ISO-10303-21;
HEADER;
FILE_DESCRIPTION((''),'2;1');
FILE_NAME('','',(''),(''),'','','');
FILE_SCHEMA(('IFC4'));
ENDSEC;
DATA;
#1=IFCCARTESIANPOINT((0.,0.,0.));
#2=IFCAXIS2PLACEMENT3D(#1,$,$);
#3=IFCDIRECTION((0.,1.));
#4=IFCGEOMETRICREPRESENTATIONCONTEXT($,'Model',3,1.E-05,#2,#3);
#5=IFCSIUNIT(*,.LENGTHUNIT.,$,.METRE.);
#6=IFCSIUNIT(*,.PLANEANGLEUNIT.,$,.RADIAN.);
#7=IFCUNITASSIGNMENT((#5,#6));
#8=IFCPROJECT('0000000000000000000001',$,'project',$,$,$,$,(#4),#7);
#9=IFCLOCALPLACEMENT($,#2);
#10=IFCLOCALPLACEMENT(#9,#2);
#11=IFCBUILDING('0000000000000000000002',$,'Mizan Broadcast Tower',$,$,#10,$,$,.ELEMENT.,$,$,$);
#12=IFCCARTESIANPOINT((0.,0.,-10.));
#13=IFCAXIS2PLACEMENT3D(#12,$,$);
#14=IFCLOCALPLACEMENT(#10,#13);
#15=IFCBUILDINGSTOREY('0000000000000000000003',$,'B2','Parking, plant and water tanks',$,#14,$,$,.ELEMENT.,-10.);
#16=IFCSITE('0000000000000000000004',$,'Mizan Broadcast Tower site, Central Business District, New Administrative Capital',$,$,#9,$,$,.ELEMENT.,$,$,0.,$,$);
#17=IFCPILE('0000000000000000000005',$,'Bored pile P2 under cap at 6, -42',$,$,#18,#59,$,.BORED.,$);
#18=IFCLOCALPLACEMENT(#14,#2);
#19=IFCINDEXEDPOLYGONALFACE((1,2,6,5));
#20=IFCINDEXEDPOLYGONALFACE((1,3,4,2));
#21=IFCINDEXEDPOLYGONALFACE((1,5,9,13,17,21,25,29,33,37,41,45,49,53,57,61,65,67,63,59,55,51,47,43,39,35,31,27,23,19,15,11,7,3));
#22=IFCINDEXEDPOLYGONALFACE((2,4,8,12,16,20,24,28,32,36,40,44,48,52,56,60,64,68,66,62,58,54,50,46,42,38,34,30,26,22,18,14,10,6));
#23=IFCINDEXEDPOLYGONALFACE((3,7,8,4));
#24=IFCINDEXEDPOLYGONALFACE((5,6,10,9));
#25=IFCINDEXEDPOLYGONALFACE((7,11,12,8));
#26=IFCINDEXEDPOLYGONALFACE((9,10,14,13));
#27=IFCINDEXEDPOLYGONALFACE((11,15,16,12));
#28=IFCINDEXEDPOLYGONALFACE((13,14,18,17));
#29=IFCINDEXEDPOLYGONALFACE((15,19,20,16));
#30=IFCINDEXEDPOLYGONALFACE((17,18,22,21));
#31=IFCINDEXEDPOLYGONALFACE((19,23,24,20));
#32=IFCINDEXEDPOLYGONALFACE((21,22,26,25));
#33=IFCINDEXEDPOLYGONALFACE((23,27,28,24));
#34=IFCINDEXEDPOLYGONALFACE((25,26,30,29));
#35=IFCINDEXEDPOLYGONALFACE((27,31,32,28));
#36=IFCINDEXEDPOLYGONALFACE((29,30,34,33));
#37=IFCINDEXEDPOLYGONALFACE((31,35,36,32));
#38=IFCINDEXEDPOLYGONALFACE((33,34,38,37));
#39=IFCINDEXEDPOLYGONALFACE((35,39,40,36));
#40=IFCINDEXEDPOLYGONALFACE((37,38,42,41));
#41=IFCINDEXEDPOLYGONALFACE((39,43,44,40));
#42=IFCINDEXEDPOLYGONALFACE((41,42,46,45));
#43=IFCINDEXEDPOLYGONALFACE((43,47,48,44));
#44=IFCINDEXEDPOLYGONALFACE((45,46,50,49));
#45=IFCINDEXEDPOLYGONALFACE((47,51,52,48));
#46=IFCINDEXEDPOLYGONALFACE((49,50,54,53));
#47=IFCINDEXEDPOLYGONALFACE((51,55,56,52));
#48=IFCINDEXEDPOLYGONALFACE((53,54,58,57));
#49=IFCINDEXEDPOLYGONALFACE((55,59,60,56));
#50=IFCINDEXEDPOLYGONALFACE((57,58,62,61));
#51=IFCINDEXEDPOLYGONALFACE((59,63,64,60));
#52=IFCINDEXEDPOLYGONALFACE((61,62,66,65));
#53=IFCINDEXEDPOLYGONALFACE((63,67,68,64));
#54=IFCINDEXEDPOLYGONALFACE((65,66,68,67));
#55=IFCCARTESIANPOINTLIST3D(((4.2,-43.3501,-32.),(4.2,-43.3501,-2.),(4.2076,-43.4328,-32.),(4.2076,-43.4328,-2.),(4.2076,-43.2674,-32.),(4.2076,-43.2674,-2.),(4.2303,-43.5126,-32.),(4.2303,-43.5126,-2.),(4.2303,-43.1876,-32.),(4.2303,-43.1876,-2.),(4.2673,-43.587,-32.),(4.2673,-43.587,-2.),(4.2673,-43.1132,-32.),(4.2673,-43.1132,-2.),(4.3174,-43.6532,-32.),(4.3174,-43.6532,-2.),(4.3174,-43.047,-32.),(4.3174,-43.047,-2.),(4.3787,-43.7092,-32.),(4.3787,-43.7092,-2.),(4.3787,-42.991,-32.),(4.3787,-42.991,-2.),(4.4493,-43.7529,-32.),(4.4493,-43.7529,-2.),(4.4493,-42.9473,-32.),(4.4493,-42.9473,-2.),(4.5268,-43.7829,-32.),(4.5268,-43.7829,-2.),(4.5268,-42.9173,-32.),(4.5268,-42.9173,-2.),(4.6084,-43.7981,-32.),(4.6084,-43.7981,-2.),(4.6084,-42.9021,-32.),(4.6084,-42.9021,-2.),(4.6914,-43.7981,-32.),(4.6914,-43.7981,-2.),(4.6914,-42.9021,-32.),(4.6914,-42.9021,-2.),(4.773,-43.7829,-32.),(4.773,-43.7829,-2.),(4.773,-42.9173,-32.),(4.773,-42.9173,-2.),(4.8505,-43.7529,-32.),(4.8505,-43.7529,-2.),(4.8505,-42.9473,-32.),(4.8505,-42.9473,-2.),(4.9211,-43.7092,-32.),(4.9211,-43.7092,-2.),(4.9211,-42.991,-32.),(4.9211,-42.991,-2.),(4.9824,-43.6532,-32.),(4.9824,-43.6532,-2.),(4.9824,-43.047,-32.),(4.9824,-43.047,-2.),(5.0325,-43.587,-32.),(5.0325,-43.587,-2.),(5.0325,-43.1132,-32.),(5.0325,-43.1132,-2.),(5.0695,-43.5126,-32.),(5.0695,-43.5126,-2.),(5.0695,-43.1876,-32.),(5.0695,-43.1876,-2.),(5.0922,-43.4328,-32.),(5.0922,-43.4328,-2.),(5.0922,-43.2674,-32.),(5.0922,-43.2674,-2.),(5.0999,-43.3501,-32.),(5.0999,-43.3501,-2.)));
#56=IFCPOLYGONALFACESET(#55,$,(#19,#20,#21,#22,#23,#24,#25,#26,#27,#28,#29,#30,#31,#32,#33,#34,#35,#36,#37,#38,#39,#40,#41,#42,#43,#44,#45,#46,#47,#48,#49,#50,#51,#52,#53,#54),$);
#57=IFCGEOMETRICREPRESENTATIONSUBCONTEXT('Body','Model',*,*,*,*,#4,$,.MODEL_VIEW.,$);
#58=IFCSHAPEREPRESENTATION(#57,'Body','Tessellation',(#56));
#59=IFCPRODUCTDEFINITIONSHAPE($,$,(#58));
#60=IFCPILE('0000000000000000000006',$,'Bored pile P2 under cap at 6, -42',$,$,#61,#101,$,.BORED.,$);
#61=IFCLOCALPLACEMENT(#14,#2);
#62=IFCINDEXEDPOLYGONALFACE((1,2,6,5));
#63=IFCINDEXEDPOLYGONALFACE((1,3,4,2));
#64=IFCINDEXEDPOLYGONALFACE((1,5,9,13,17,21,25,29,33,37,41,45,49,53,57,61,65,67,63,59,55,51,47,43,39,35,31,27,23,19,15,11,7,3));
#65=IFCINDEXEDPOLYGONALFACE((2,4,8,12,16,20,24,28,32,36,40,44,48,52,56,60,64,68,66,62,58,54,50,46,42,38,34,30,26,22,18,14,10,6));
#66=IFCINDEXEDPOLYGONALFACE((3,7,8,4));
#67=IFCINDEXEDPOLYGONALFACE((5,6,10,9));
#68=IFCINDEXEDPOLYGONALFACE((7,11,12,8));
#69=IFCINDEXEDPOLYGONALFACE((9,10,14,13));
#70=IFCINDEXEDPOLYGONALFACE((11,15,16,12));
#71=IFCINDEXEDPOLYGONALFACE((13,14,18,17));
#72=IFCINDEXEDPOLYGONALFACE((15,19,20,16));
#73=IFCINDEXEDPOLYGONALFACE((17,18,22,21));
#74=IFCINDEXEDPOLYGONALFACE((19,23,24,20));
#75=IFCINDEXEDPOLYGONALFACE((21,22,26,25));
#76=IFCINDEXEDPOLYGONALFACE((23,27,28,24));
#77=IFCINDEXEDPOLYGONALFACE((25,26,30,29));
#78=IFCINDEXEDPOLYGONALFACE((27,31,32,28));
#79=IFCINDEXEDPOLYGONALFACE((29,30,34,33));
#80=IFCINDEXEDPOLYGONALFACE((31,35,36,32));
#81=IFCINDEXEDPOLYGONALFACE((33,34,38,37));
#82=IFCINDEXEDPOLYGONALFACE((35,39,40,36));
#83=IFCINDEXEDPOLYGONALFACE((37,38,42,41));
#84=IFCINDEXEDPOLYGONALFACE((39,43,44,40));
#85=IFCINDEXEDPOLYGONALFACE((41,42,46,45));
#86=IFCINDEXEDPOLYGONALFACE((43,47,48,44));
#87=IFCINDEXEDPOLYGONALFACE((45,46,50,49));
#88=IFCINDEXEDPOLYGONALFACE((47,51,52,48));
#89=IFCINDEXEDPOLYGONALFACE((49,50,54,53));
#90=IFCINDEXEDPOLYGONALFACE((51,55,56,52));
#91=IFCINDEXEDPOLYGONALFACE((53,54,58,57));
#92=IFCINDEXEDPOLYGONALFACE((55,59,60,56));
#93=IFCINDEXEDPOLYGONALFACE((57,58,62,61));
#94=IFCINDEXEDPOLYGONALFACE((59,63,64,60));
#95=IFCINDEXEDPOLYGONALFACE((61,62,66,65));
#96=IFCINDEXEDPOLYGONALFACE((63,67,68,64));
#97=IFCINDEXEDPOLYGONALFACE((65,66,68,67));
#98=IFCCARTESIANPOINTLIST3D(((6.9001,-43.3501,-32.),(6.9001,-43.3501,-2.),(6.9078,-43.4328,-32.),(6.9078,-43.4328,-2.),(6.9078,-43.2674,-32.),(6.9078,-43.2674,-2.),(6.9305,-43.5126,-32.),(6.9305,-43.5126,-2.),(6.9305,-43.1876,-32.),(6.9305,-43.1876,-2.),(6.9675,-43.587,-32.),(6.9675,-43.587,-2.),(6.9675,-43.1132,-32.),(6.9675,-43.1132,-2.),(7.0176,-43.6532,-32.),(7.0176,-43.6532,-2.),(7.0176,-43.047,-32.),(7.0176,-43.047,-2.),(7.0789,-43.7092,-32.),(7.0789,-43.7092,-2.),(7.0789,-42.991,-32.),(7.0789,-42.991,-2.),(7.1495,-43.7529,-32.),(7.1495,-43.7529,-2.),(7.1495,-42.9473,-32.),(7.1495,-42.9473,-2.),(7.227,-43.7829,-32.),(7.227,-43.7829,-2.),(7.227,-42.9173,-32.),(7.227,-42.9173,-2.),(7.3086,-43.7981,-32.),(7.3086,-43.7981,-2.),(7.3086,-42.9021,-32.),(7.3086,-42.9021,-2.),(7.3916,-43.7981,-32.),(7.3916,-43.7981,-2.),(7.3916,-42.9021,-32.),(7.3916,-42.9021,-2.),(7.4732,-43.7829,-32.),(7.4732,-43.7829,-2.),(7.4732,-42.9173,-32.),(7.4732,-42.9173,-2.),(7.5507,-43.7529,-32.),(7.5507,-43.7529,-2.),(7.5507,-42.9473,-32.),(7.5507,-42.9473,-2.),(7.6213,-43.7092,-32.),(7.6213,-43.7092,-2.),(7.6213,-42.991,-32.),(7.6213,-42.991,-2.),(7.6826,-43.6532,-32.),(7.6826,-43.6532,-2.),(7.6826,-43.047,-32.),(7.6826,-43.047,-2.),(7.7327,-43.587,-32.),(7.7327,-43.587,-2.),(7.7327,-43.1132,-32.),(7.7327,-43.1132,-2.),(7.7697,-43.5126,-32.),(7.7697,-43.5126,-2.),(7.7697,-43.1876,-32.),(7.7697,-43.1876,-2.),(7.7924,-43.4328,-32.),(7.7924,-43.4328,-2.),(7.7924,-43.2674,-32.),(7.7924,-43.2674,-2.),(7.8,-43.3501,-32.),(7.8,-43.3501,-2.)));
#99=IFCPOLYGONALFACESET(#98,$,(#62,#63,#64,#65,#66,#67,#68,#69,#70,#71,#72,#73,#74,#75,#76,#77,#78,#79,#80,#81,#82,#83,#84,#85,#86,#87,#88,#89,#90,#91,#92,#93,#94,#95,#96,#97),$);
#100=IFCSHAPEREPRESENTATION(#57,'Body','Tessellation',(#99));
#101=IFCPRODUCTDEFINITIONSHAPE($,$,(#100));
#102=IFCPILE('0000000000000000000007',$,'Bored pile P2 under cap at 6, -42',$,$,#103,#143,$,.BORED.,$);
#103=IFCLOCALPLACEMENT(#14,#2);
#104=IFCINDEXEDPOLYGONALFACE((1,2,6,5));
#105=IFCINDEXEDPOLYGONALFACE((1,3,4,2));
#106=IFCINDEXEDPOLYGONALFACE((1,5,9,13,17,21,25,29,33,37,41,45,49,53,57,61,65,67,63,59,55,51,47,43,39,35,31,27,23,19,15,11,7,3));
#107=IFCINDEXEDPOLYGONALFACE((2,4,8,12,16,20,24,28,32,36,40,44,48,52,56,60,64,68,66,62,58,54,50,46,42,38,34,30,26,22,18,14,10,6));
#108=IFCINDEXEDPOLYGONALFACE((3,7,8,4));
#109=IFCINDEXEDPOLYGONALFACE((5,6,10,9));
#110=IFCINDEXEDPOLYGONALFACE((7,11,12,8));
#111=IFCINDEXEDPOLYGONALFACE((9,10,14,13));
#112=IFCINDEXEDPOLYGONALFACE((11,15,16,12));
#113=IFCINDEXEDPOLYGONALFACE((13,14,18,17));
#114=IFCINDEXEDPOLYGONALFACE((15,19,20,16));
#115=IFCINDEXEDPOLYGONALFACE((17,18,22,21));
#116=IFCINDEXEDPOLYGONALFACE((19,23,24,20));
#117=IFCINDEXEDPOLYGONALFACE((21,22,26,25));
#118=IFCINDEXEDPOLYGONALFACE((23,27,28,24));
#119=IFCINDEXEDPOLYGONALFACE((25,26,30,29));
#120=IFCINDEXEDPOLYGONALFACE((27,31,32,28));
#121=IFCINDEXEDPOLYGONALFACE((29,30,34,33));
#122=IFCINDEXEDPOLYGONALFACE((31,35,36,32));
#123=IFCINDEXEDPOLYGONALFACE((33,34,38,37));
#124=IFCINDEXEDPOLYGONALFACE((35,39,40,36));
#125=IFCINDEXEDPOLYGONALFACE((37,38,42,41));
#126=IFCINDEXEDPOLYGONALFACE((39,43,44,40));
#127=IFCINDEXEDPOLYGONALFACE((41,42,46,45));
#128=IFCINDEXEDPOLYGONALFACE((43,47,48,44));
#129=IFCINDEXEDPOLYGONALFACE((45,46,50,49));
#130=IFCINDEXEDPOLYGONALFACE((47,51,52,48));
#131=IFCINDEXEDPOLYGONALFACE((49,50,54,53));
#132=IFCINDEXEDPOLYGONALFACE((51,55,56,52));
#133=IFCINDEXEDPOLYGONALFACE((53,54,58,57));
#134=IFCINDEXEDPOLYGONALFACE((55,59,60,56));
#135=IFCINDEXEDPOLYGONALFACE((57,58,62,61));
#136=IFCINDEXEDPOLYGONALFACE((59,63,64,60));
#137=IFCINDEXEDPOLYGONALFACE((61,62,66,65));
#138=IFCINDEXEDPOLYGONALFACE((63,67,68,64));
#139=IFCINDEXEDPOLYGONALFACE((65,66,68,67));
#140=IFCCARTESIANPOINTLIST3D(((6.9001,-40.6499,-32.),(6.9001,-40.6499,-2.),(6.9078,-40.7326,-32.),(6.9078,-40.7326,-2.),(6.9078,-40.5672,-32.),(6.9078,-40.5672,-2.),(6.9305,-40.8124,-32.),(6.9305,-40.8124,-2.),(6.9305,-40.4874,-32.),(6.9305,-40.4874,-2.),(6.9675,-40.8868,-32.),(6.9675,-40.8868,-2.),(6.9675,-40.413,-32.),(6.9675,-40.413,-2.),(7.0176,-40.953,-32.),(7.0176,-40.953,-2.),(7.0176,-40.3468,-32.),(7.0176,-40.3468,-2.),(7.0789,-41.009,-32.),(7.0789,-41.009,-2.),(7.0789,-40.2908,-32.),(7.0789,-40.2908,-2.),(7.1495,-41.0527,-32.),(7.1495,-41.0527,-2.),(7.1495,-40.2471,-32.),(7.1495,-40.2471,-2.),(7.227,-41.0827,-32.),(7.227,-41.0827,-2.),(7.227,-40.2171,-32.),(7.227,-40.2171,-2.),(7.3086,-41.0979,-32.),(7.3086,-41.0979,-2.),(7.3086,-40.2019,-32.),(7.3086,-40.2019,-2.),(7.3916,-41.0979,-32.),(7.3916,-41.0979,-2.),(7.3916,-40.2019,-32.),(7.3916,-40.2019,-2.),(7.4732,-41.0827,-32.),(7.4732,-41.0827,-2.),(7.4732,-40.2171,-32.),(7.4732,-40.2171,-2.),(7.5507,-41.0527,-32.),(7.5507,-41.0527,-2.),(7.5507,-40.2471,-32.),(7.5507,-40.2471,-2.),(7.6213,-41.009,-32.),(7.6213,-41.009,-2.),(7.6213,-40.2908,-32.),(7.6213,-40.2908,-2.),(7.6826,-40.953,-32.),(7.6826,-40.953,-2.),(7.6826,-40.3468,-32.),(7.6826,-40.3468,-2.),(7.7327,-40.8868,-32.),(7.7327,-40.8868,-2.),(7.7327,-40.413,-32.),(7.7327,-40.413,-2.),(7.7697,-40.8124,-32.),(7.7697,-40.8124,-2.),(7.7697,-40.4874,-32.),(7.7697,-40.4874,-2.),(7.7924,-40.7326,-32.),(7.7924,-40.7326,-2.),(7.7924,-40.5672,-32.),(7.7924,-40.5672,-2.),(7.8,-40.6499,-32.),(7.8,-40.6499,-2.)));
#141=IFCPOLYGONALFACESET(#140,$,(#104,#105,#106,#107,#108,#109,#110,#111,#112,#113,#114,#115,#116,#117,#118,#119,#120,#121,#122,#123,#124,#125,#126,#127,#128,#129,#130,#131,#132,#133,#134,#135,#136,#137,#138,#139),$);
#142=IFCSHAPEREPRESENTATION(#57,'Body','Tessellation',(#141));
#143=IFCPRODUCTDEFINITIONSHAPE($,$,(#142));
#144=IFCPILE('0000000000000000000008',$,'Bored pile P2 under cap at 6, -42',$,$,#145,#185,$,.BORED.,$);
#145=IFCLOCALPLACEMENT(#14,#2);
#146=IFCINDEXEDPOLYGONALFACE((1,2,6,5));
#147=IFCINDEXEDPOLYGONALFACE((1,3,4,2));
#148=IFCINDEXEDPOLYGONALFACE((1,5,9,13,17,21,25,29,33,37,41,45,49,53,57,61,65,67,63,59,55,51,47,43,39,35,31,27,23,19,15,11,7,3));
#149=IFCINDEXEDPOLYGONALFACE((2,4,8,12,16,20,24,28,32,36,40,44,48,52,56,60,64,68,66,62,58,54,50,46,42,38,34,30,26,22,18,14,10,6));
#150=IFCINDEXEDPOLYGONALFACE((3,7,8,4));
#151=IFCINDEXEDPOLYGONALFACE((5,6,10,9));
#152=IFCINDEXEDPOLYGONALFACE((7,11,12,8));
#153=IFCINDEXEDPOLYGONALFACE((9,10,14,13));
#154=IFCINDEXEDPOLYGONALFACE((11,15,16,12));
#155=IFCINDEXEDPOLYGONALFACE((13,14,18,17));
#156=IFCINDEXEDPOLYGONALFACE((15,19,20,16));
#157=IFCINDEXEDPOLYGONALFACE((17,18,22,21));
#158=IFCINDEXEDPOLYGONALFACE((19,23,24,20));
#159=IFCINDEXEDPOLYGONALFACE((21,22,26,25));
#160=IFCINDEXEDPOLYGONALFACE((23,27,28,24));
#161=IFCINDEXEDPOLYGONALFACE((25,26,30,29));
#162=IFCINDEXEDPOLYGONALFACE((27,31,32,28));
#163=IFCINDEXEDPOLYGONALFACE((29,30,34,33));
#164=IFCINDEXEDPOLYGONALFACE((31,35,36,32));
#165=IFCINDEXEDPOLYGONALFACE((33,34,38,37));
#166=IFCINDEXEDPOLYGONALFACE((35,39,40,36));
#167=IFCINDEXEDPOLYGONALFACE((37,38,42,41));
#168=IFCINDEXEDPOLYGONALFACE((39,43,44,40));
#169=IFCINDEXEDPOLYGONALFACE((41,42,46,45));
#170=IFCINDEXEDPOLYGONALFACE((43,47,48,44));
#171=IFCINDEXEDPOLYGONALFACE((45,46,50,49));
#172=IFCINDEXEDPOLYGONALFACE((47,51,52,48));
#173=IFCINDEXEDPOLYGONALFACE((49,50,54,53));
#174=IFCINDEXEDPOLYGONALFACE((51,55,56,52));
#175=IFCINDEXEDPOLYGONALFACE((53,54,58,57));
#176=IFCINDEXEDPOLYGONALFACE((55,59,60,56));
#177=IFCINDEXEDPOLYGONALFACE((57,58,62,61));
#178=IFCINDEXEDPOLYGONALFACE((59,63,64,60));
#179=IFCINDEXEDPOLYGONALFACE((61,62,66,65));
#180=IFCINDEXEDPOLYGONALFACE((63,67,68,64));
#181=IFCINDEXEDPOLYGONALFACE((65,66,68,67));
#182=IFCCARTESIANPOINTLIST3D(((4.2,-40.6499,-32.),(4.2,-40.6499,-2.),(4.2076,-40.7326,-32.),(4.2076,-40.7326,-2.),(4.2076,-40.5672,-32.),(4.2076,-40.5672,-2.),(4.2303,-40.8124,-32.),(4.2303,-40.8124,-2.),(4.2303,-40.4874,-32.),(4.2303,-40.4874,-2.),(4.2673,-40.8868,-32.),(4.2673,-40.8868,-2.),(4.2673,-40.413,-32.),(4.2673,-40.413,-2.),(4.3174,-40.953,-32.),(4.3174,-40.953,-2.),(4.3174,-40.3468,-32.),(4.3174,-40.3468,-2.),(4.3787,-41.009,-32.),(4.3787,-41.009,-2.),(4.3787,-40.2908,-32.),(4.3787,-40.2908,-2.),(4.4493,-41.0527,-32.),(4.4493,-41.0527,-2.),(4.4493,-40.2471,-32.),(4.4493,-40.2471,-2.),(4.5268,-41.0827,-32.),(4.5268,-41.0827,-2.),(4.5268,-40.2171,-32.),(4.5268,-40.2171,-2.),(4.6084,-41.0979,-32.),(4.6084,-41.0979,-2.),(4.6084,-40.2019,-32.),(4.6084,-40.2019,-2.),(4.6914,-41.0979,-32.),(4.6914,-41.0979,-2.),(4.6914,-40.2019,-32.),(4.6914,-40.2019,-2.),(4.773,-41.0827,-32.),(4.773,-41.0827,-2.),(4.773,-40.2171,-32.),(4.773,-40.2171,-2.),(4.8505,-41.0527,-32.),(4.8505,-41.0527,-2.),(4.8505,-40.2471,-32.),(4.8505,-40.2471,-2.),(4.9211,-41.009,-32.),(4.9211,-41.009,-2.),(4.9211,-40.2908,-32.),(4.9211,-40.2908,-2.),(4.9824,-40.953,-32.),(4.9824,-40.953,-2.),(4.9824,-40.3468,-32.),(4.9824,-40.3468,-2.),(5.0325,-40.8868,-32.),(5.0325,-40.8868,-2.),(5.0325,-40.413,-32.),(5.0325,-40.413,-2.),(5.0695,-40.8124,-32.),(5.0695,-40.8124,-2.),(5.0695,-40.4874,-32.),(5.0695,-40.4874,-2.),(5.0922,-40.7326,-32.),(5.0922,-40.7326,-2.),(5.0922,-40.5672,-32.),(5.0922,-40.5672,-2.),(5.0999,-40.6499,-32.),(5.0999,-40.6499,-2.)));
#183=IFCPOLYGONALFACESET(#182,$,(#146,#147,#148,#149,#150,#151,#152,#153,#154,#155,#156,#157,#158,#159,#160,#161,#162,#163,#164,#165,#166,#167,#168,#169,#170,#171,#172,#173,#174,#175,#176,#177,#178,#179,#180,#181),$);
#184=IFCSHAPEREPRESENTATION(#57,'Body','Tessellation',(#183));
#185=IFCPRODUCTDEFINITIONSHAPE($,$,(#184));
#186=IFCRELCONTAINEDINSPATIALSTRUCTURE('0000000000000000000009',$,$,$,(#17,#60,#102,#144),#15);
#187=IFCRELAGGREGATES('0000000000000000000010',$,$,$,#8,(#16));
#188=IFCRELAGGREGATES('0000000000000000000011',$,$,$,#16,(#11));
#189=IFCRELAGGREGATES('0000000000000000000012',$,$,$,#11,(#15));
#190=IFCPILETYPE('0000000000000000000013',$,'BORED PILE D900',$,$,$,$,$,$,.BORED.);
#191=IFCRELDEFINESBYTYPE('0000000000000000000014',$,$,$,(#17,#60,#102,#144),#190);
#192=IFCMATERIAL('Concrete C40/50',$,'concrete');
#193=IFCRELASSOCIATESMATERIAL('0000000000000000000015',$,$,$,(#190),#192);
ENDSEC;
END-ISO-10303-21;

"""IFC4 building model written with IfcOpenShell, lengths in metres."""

from ifc_helpers import new_model, si_unit, direction, frame, origin, origin_2d, place, context, subcontext, project, spatial, circle, extrude, material, material_profile, profile_set, type_object, element, save


model = new_model("IFC4")

# Units and contexts
model_context = context("Model", 3, precision=1e-05, world=origin(), true_north=direction((0.0, 1.0)))
body_context = subcontext(model_context, "Body", "Model", "MODEL_VIEW")
ifc_project = project(units=[si_unit("LENGTHUNIT", "METRE"), si_unit("PLANEANGLEUNIT", "RADIAN")], contexts=[model_context])

# Site, building, storey
site_placement = place(None, origin())
site = spatial("IfcSite", under=ifc_project, at=site_placement, Name="Mizan Broadcast Tower site, Central Business District, New Administrative Capital", CompositionType="ELEMENT", RefElevation=0.0)
building_placement = place(site_placement, origin())
building = spatial("IfcBuilding", under=site, at=building_placement, Name="Mizan Broadcast Tower", CompositionType="ELEMENT")
storey_placement = place(building_placement, frame((0.0, 0.0, -10.0)))
storey = spatial("IfcBuildingStorey", under=building, at=storey_placement, Name="B2", Description="Parking, plant and water tanks", CompositionType="ELEMENT", Elevation=-10.0)

# Piles
ifc_material_1 = material(Name="Concrete C40/50", Category="concrete")
ifc_material_profile_1 = material_profile(ifc_material_1, circle(Radius=0.45, at=origin_2d()), Name="D900")
ifc_profile_set_1 = profile_set([ifc_material_profile_1], Name="Concrete C40/50")
pile_type_1 = type_object("IfcPileType", Name="BORED PILE D900", PredefinedType="BORED", material=ifc_profile_set_1)
for number, where, z_axis, x_axis, name in (
    (1, (4.6499, -43.3501, -2.0), (0.0, 0.0, -1.0), (1.0, 0.0, 0.0), "Bored pile P2 under cap at 6, -42"),
    (2, (7.3501, -43.3501, -2.0), (0.0, 0.0, -1.0), (1.0, 0.0, 0.0), "Bored pile P2 under cap at 6, -42"),
    (3, (7.3501, -40.6499, -2.0), (0.0, 0.0, -1.0), (1.0, 0.0, 0.0), "Bored pile P2 under cap at 6, -42"),
    (4, (4.6499, -40.6499, -2.0), (0.0, 0.0, -1.0), (1.0, 0.0, 0.0), "Bored pile P2 under cap at 6, -42"),
):
    element("IfcPile", number, at=place(storey_placement, frame(where, z_axis=z_axis, x_axis=x_axis)), inside=storey, type_object=pile_type_1, Name=name, PredefinedType="BORED", context=body_context, shape_type="SweptSolid", body=[
        extrude(circle(Radius=0.45, at=origin_2d()), origin(), (0.0, 0.0, 1.0), 30.0),
    ])

save(model, "model.ifc")
